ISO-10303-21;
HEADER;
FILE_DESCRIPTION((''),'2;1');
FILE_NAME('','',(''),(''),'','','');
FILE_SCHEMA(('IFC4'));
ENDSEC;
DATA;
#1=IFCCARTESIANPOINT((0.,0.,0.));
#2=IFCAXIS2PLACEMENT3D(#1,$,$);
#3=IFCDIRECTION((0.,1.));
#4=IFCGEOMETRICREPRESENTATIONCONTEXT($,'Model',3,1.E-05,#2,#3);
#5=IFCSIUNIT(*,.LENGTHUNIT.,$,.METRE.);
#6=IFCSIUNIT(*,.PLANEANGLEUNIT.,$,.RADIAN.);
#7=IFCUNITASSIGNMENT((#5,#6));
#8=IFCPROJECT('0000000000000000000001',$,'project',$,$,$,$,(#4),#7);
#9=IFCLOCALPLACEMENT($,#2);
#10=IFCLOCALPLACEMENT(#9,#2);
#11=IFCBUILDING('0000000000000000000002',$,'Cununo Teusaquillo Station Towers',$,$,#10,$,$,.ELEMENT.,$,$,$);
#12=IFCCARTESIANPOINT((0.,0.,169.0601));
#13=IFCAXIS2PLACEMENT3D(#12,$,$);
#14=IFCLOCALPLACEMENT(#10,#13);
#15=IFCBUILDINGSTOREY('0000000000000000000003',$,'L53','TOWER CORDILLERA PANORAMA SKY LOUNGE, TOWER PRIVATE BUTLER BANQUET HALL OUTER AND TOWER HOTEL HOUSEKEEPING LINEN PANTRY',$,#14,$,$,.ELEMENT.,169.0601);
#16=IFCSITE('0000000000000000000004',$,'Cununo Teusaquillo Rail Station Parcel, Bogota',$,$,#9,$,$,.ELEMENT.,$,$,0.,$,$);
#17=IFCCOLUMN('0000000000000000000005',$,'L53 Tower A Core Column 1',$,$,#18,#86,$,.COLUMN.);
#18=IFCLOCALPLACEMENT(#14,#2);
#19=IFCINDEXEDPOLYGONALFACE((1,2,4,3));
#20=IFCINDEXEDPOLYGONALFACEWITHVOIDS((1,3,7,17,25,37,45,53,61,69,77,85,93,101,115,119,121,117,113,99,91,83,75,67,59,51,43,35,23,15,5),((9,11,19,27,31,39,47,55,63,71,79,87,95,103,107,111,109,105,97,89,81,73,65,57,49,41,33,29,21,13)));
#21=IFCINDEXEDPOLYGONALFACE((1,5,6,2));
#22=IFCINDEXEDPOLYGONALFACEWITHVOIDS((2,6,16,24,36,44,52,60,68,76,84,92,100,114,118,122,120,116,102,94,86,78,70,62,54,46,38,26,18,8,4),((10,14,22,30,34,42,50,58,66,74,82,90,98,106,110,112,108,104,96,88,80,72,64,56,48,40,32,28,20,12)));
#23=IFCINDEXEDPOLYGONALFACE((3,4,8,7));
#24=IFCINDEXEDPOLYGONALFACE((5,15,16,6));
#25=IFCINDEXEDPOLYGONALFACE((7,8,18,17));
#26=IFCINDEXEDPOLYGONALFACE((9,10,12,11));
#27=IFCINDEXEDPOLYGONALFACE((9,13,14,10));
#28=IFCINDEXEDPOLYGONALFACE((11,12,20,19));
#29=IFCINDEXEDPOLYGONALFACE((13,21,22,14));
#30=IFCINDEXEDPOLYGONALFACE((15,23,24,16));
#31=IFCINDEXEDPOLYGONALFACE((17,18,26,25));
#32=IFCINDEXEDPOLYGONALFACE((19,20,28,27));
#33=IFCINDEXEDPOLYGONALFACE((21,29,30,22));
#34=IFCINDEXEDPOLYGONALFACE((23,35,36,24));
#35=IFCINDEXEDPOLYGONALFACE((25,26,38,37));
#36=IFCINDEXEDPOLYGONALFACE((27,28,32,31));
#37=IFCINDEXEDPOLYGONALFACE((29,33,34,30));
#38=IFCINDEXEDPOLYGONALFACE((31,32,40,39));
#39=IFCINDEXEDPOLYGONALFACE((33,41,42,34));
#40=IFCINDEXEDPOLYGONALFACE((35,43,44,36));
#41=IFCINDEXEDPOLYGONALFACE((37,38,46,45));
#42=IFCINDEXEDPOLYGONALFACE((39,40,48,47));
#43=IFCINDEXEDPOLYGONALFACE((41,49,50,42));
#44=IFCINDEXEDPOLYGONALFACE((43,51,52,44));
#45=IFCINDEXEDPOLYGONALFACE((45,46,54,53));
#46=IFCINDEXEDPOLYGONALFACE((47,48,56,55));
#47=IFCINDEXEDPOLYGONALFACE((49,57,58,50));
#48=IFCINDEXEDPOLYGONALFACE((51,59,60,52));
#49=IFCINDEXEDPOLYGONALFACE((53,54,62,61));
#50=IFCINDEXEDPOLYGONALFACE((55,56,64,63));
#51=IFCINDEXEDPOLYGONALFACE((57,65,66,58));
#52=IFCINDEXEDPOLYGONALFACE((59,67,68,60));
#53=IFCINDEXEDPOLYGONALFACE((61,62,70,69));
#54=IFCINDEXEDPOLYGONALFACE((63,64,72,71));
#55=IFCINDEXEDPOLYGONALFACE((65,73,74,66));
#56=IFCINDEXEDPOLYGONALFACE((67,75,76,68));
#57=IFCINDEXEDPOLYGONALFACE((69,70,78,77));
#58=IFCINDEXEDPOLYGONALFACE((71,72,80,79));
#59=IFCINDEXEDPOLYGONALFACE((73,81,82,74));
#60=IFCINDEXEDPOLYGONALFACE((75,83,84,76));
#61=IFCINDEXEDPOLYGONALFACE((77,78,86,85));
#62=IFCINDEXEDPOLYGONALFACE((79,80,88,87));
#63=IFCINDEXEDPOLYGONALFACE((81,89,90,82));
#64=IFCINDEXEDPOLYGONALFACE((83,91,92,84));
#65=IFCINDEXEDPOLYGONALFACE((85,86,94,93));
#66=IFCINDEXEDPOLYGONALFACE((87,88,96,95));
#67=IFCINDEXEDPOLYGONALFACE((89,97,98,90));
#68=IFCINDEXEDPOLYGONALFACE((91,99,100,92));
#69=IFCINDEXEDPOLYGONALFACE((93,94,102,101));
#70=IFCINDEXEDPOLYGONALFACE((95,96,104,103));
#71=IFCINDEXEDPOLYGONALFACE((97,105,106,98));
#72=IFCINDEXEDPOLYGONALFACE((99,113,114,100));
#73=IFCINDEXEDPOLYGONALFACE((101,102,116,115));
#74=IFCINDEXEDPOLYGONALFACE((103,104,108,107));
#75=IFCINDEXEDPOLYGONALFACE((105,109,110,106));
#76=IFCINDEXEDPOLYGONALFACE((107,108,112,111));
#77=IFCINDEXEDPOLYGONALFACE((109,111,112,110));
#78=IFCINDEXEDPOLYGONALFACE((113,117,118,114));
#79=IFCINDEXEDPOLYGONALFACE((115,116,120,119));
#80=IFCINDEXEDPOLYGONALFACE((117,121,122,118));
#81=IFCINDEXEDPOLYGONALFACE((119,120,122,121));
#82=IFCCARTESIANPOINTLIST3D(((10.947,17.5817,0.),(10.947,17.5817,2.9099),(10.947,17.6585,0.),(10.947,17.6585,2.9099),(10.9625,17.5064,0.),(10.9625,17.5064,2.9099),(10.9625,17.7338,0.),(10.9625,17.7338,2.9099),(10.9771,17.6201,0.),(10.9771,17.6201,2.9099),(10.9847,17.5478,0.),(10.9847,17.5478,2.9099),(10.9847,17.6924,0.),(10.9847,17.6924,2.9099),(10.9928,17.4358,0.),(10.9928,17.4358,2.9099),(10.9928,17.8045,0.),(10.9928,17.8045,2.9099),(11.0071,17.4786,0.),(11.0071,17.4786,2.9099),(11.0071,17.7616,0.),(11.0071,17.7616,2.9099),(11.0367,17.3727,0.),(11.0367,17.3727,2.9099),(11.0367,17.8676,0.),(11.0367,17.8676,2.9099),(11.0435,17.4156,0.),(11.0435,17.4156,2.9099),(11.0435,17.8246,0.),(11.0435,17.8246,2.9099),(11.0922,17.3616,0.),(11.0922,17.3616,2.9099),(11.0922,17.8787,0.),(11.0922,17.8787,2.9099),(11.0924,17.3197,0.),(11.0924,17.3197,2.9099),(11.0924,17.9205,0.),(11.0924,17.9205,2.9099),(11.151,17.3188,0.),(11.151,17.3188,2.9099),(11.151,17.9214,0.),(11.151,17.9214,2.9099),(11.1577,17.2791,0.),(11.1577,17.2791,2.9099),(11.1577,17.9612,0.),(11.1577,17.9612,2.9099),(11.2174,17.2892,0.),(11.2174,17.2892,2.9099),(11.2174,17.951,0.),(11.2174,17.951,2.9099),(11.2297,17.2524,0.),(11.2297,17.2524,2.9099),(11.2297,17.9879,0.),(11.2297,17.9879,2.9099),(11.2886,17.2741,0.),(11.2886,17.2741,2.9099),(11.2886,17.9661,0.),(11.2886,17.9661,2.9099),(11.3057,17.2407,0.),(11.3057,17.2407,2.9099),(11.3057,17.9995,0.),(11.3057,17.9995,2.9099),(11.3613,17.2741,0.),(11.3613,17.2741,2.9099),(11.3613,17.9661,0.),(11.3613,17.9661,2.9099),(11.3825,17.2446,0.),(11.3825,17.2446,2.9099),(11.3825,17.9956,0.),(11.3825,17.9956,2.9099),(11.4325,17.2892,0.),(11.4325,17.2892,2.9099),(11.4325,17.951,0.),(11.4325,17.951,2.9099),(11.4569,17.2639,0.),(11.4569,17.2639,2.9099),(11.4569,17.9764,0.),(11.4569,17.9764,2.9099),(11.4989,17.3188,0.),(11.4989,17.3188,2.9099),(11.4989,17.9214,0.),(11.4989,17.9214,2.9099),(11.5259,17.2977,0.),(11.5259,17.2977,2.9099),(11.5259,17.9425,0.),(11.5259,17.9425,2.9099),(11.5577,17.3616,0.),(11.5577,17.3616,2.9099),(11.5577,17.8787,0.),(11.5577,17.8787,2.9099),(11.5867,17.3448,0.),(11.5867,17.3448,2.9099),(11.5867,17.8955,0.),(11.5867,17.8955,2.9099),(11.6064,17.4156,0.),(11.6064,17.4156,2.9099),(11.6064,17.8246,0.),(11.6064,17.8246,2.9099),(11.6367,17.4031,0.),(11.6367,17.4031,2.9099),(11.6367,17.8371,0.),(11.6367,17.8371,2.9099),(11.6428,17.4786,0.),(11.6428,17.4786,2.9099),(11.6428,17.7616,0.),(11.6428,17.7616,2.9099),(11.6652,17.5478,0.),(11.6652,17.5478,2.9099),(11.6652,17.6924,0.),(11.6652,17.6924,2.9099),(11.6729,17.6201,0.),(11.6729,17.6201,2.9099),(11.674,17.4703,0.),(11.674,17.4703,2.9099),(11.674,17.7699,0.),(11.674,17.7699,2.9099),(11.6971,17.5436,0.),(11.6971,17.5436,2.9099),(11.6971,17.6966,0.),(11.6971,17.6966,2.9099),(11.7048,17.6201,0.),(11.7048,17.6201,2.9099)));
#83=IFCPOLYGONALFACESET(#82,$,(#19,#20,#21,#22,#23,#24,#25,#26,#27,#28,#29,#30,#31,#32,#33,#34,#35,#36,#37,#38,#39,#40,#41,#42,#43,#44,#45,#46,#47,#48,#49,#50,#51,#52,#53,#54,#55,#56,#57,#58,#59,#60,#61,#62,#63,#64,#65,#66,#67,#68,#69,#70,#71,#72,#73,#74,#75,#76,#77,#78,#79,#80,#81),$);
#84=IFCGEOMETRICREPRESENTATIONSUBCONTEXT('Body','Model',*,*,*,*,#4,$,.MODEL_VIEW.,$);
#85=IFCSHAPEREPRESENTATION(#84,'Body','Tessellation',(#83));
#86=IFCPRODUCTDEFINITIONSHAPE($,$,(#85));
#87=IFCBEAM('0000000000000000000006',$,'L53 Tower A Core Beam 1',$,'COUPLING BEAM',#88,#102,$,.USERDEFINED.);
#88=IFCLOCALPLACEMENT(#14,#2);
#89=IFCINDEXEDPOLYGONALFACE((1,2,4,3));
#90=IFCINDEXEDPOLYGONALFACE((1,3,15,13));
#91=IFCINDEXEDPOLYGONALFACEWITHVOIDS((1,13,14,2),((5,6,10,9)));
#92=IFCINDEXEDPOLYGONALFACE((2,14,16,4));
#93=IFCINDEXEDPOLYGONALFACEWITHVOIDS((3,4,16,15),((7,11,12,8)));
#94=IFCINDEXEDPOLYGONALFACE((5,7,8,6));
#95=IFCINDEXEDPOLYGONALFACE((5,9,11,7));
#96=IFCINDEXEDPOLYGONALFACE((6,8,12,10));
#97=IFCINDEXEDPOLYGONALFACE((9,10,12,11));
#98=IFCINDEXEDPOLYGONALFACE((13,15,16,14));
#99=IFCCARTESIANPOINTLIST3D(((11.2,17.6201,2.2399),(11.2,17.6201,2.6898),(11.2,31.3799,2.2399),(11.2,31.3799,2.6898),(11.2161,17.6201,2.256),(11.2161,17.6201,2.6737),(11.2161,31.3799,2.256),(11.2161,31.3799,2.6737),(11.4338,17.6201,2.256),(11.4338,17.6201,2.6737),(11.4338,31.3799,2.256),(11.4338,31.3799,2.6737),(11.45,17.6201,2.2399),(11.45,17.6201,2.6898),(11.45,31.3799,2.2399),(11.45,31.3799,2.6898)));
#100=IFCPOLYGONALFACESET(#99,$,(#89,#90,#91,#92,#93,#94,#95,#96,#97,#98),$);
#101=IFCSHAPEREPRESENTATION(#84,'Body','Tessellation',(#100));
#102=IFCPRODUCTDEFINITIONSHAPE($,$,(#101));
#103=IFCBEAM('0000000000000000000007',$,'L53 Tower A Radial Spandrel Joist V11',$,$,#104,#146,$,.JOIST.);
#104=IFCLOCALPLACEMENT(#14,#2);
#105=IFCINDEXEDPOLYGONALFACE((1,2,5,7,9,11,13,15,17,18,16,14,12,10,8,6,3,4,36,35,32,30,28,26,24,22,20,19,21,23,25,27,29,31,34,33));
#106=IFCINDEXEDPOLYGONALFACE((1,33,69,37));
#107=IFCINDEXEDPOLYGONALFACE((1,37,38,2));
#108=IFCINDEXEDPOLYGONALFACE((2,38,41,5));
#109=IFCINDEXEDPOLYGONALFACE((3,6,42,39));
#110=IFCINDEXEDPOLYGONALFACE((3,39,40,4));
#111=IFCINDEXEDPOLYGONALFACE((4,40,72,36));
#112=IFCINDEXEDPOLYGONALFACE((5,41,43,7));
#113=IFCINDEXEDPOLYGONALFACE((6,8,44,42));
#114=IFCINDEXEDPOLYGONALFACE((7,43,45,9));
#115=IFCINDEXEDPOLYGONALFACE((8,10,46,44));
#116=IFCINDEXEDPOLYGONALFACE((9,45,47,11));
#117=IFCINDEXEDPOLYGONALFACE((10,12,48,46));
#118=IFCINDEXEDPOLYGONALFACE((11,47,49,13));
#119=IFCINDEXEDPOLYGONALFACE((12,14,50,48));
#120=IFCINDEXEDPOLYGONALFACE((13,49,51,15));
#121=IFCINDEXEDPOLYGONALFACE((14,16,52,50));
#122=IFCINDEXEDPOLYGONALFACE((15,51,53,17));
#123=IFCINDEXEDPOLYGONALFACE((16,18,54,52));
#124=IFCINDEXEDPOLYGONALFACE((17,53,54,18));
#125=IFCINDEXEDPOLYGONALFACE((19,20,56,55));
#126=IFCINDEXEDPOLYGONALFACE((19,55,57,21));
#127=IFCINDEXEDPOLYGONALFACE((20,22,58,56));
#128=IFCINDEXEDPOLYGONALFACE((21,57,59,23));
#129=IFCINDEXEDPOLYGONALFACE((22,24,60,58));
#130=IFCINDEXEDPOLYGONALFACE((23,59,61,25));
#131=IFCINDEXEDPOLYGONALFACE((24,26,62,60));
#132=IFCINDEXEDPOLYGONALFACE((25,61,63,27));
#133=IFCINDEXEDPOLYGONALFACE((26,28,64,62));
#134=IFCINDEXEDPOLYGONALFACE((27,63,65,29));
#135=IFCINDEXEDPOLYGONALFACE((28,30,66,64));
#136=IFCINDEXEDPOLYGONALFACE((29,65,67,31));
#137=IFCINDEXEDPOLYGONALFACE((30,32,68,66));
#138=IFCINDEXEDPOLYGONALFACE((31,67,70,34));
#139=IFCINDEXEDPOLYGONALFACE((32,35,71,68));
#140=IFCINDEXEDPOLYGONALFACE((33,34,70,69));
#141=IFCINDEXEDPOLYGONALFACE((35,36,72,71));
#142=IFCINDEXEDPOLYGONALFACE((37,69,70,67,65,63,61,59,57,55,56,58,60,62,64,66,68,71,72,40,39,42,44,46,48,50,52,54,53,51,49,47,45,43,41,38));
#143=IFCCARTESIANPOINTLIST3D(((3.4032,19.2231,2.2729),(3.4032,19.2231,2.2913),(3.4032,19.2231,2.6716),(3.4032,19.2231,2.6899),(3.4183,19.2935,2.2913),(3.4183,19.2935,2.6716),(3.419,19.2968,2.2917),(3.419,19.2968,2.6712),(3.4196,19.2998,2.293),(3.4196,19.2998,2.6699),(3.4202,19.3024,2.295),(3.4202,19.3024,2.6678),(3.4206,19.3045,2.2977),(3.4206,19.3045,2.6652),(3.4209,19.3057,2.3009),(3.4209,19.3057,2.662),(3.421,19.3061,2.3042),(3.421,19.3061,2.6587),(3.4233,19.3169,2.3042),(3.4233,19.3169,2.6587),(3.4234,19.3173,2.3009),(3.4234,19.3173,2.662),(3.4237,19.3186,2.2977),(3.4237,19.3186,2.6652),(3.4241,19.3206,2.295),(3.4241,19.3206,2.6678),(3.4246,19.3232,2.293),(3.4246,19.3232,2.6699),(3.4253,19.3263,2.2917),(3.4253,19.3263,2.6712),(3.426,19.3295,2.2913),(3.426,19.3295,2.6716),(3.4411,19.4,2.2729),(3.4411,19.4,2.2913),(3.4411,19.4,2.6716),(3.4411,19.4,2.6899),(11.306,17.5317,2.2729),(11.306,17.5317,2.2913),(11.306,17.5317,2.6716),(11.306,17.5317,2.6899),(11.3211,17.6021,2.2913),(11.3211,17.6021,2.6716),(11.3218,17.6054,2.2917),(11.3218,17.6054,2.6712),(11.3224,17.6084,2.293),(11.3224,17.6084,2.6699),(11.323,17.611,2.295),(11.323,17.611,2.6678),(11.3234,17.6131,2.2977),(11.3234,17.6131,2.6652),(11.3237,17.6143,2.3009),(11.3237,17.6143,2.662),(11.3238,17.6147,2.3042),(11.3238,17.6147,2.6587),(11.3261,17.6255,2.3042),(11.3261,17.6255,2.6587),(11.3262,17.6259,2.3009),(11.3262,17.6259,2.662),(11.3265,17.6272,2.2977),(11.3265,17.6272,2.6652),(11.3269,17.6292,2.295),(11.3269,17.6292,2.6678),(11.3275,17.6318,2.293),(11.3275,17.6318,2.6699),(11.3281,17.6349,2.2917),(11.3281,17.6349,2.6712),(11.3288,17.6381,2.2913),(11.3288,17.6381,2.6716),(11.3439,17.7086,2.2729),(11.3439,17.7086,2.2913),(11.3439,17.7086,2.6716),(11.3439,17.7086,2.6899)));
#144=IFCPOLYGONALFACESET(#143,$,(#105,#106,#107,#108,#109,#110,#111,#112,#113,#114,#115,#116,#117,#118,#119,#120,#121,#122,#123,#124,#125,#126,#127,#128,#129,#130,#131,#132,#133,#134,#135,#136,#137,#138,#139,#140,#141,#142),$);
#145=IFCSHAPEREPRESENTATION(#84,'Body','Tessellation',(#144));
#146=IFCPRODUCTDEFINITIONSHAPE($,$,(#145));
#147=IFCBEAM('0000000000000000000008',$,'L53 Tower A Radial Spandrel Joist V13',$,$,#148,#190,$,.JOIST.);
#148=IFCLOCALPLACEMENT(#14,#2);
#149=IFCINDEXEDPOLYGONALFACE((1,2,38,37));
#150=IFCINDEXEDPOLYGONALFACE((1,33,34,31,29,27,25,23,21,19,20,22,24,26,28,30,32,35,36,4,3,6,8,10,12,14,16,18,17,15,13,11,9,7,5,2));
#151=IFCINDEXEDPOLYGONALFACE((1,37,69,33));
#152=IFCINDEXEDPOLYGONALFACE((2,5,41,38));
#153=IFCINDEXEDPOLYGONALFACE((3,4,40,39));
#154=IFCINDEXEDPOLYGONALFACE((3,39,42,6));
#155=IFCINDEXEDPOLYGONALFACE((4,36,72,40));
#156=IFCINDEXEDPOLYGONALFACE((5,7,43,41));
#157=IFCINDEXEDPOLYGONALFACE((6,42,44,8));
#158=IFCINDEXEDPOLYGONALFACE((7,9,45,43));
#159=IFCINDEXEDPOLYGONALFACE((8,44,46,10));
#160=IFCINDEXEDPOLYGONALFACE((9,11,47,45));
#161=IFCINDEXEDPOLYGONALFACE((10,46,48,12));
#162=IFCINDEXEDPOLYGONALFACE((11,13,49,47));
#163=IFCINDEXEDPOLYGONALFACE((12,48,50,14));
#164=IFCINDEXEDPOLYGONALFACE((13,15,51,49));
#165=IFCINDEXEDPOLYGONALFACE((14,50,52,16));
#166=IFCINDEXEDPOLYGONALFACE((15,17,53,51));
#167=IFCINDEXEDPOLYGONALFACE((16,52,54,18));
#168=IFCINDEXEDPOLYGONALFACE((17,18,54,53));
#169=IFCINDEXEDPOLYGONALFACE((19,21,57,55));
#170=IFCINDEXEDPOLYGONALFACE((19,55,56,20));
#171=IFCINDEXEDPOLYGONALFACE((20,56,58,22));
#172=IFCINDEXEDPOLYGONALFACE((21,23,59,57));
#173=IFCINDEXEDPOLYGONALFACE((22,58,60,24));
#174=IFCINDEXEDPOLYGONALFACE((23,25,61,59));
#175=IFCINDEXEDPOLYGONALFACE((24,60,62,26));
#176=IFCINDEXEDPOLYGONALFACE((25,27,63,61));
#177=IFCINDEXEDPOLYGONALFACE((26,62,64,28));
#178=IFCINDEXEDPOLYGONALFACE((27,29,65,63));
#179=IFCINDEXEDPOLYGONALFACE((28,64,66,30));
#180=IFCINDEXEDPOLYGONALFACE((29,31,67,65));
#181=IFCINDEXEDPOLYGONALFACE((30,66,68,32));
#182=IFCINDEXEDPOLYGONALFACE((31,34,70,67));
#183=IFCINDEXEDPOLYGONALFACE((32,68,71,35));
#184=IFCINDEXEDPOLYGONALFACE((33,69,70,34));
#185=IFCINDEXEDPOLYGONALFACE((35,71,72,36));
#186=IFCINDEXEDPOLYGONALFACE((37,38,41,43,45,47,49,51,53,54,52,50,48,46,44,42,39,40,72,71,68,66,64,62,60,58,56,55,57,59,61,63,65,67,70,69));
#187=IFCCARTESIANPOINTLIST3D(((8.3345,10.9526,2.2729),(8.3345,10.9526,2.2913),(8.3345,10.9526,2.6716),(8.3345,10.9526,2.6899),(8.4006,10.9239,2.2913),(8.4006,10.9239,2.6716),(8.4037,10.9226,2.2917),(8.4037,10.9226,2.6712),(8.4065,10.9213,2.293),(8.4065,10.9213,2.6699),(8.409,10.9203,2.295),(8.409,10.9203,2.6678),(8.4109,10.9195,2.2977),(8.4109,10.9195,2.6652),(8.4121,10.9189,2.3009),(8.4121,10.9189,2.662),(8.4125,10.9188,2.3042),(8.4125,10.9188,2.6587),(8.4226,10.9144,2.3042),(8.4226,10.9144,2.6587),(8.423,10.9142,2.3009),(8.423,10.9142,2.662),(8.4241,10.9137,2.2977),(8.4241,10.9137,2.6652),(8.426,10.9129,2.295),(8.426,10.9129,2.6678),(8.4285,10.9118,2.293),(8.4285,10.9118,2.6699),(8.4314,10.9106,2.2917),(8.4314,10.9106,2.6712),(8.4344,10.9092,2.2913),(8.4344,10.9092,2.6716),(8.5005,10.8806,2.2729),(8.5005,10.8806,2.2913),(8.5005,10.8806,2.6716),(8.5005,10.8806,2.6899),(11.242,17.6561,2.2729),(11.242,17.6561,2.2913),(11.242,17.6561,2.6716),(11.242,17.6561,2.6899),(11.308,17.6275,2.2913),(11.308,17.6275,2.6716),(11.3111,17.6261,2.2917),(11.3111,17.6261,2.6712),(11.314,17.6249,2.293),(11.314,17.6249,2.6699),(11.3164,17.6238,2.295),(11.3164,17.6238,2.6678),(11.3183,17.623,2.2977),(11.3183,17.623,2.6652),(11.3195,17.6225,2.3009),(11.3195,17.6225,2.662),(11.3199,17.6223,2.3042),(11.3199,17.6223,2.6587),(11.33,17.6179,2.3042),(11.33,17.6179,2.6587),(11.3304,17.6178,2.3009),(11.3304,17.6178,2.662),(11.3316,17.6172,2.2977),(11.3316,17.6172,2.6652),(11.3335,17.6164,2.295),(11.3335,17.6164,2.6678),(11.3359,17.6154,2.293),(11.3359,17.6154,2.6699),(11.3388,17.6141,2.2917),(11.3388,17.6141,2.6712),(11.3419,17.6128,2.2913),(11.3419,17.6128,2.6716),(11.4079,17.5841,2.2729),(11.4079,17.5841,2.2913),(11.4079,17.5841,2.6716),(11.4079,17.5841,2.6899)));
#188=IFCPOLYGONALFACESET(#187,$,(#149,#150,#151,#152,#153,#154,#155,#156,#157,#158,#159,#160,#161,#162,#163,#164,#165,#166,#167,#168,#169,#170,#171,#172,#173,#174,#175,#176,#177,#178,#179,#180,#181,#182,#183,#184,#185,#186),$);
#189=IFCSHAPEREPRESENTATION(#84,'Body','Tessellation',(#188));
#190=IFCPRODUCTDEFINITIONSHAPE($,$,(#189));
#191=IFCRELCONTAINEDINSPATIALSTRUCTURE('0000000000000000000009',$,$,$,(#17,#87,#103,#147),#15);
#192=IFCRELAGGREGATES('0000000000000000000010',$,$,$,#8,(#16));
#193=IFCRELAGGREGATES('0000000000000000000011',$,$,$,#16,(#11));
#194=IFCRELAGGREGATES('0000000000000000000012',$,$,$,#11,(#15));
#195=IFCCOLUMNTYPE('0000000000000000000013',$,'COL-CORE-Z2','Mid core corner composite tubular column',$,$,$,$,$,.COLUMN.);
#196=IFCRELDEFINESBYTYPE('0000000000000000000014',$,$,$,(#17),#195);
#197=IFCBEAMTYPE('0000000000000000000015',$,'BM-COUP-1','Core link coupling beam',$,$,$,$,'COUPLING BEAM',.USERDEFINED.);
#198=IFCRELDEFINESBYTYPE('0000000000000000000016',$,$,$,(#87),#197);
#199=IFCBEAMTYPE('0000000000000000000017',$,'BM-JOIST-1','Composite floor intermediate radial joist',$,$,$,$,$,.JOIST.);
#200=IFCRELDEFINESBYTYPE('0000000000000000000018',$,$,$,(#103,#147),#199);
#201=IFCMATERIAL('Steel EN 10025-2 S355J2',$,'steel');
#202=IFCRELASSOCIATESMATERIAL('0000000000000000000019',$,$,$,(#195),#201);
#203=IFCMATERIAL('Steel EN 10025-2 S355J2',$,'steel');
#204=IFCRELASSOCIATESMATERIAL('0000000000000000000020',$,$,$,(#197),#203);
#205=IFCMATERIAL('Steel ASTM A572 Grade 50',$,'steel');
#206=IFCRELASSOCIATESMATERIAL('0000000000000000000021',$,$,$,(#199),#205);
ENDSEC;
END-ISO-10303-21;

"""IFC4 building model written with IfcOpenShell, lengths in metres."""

from ifc_helpers import new_model, si_unit, direction, frame, origin, origin_2d, place, context, subcontext, project, spatial, hollow_rectangle, hollow_circle, i_section, extrude, material, material_profile, profile_set, type_object, element, save


model = new_model("IFC4")

# Units and contexts
model_context = context("Model", 3, precision=1e-05, world=origin(), true_north=direction((0.0, 1.0)))
body_context = subcontext(model_context, "Body", "Model", "MODEL_VIEW")
ifc_project = project(units=[si_unit("LENGTHUNIT", "METRE"), si_unit("PLANEANGLEUNIT", "RADIAN")], contexts=[model_context])

# Site, building, storey
site_placement = place(None, origin())
site = spatial("IfcSite", under=ifc_project, at=site_placement, Name="Cununo Teusaquillo Rail Station Parcel, Bogota", CompositionType="ELEMENT", RefElevation=0.0)
building_placement = place(site_placement, origin())
building = spatial("IfcBuilding", under=site, at=building_placement, Name="Cununo Teusaquillo Station Towers", CompositionType="ELEMENT")
storey_placement = place(building_placement, frame((0.0, 0.0, 169.0601)))
storey = spatial("IfcBuildingStorey", under=building, at=storey_placement, Name="L53", Description="TOWER CORDILLERA PANORAMA SKY LOUNGE, TOWER PRIVATE BUTLER BANQUET HALL OUTER AND TOWER HOTEL HOUSEKEEPING LINEN PANTRY", CompositionType="ELEMENT", Elevation=169.0601)

# Column
ifc_material_1 = material(Name="Steel EN 10025-2 S355J2", Category="steel")
ifc_material_profile_1 = material_profile(ifc_material_1, hollow_circle(Radius=0.3799, WallThickness=0.032, at=origin_2d()), Name="CHS 760x32")
ifc_profile_set_1 = profile_set([ifc_material_profile_1], Name="Steel EN 10025-2 S355J2")
column_type = type_object("IfcColumnType", Name="COL-CORE-Z2", Description="Mid core corner composite tubular column", PredefinedType="COLUMN", material=ifc_profile_set_1)
column_placement = place(storey_placement, frame((11.325, 17.6201, 0.0), z_axis=(0.0, 0.0, 1.0), x_axis=(1.0, 0.0, 0.0)))
element("IfcColumn", 1, at=column_placement, inside=storey, type_object=column_type, Name="L53 Tower A Core Column 1", PredefinedType="COLUMN", context=body_context, shape_type="SweptSolid", body=[
    extrude(hollow_circle(Radius=0.3799, WallThickness=0.032, at=origin_2d()), origin(), (0.0, 0.0, 1.0), 2.9099),
])

# Beams
ifc_material_2 = material(Name="Steel EN 10025-2 S355J2", Category="steel")
ifc_material_profile_2 = material_profile(ifc_material_2, hollow_rectangle(XDim=0.25, YDim=0.45, WallThickness=0.0161, at=origin_2d()), Name="RHS 450x250x16")
ifc_profile_set_2 = profile_set([ifc_material_profile_2], Name="Steel EN 10025-2 S355J2")
beam_type_1 = type_object("IfcBeamType", Name="BM-COUP-1", Description="Core link coupling beam", ElementType="COUPLING BEAM", PredefinedType="USERDEFINED", material=ifc_profile_set_2)
beam_1_placement = place(storey_placement, frame((11.325, 17.6201, 2.4648), z_axis=(0.0, 1.0, 0.0), x_axis=(-1.0, 0.0, 0.0)))
element("IfcBeam", 2, at=beam_1_placement, inside=storey, type_object=beam_type_1, Name="L53 Tower A Core Beam 1", ObjectType="COUPLING BEAM", PredefinedType="USERDEFINED", context=body_context, shape_type="SweptSolid", body=[
    extrude(hollow_rectangle(XDim=0.25, YDim=0.45, WallThickness=0.0161, at=origin_2d()), origin(), (0.0, 0.0, 1.0), 13.7598),
])
ifc_material_3 = material(Name="Steel ASTM A572 Grade 50", Category="steel")
ifc_material_profile_3 = material_profile(ifc_material_3, i_section(OverallWidth=0.1809, OverallDepth=0.417, WebThickness=0.011, FlangeThickness=0.0183, FilletRadius=0.0129, at=origin_2d()), Name="W16X57")
ifc_profile_set_3 = profile_set([ifc_material_profile_3], Name="Steel ASTM A572 Grade 50")
beam_type_2 = type_object("IfcBeamType", Name="BM-JOIST-1", Description="Composite floor intermediate radial joist", PredefinedType="JOIST", material=ifc_profile_set_3)
beam_2_placement = place(storey_placement, frame((11.325, 17.6201, 2.4814), z_axis=(-0.977855, 0.209286, 0.0), x_axis=(-0.209286, -0.977855, 0.0)))
element("IfcBeam", 3, at=beam_2_placement, inside=storey, type_object=beam_type_2, Name="L53 Tower A Radial Spandrel Joist V11", PredefinedType="JOIST", context=body_context, shape_type="SweptSolid", body=[
    extrude(i_section(OverallWidth=0.1809, OverallDepth=0.417, WebThickness=0.011, FlangeThickness=0.0183, FilletRadius=0.0129, at=origin_2d()), origin(), (0.0, 0.0, 1.0), 8.0818),
])
beam_3_placement = place(storey_placement, frame((11.325, 17.6201, 2.4814), z_axis=(-0.397904, -0.917427, 0.0), x_axis=(0.917427, -0.397904, 0.0)))
element("IfcBeam", 4, at=beam_3_placement, inside=storey, type_object=beam_type_2, Name="L53 Tower A Radial Spandrel Joist V13", PredefinedType="JOIST", context=body_context, shape_type="SweptSolid", body=[
    extrude(i_section(OverallWidth=0.1809, OverallDepth=0.417, WebThickness=0.011, FlangeThickness=0.0183, FilletRadius=0.0129, at=origin_2d()), origin(), (0.0, 0.0, 1.0), 7.3069),
])

save(model, "model.ifc")
